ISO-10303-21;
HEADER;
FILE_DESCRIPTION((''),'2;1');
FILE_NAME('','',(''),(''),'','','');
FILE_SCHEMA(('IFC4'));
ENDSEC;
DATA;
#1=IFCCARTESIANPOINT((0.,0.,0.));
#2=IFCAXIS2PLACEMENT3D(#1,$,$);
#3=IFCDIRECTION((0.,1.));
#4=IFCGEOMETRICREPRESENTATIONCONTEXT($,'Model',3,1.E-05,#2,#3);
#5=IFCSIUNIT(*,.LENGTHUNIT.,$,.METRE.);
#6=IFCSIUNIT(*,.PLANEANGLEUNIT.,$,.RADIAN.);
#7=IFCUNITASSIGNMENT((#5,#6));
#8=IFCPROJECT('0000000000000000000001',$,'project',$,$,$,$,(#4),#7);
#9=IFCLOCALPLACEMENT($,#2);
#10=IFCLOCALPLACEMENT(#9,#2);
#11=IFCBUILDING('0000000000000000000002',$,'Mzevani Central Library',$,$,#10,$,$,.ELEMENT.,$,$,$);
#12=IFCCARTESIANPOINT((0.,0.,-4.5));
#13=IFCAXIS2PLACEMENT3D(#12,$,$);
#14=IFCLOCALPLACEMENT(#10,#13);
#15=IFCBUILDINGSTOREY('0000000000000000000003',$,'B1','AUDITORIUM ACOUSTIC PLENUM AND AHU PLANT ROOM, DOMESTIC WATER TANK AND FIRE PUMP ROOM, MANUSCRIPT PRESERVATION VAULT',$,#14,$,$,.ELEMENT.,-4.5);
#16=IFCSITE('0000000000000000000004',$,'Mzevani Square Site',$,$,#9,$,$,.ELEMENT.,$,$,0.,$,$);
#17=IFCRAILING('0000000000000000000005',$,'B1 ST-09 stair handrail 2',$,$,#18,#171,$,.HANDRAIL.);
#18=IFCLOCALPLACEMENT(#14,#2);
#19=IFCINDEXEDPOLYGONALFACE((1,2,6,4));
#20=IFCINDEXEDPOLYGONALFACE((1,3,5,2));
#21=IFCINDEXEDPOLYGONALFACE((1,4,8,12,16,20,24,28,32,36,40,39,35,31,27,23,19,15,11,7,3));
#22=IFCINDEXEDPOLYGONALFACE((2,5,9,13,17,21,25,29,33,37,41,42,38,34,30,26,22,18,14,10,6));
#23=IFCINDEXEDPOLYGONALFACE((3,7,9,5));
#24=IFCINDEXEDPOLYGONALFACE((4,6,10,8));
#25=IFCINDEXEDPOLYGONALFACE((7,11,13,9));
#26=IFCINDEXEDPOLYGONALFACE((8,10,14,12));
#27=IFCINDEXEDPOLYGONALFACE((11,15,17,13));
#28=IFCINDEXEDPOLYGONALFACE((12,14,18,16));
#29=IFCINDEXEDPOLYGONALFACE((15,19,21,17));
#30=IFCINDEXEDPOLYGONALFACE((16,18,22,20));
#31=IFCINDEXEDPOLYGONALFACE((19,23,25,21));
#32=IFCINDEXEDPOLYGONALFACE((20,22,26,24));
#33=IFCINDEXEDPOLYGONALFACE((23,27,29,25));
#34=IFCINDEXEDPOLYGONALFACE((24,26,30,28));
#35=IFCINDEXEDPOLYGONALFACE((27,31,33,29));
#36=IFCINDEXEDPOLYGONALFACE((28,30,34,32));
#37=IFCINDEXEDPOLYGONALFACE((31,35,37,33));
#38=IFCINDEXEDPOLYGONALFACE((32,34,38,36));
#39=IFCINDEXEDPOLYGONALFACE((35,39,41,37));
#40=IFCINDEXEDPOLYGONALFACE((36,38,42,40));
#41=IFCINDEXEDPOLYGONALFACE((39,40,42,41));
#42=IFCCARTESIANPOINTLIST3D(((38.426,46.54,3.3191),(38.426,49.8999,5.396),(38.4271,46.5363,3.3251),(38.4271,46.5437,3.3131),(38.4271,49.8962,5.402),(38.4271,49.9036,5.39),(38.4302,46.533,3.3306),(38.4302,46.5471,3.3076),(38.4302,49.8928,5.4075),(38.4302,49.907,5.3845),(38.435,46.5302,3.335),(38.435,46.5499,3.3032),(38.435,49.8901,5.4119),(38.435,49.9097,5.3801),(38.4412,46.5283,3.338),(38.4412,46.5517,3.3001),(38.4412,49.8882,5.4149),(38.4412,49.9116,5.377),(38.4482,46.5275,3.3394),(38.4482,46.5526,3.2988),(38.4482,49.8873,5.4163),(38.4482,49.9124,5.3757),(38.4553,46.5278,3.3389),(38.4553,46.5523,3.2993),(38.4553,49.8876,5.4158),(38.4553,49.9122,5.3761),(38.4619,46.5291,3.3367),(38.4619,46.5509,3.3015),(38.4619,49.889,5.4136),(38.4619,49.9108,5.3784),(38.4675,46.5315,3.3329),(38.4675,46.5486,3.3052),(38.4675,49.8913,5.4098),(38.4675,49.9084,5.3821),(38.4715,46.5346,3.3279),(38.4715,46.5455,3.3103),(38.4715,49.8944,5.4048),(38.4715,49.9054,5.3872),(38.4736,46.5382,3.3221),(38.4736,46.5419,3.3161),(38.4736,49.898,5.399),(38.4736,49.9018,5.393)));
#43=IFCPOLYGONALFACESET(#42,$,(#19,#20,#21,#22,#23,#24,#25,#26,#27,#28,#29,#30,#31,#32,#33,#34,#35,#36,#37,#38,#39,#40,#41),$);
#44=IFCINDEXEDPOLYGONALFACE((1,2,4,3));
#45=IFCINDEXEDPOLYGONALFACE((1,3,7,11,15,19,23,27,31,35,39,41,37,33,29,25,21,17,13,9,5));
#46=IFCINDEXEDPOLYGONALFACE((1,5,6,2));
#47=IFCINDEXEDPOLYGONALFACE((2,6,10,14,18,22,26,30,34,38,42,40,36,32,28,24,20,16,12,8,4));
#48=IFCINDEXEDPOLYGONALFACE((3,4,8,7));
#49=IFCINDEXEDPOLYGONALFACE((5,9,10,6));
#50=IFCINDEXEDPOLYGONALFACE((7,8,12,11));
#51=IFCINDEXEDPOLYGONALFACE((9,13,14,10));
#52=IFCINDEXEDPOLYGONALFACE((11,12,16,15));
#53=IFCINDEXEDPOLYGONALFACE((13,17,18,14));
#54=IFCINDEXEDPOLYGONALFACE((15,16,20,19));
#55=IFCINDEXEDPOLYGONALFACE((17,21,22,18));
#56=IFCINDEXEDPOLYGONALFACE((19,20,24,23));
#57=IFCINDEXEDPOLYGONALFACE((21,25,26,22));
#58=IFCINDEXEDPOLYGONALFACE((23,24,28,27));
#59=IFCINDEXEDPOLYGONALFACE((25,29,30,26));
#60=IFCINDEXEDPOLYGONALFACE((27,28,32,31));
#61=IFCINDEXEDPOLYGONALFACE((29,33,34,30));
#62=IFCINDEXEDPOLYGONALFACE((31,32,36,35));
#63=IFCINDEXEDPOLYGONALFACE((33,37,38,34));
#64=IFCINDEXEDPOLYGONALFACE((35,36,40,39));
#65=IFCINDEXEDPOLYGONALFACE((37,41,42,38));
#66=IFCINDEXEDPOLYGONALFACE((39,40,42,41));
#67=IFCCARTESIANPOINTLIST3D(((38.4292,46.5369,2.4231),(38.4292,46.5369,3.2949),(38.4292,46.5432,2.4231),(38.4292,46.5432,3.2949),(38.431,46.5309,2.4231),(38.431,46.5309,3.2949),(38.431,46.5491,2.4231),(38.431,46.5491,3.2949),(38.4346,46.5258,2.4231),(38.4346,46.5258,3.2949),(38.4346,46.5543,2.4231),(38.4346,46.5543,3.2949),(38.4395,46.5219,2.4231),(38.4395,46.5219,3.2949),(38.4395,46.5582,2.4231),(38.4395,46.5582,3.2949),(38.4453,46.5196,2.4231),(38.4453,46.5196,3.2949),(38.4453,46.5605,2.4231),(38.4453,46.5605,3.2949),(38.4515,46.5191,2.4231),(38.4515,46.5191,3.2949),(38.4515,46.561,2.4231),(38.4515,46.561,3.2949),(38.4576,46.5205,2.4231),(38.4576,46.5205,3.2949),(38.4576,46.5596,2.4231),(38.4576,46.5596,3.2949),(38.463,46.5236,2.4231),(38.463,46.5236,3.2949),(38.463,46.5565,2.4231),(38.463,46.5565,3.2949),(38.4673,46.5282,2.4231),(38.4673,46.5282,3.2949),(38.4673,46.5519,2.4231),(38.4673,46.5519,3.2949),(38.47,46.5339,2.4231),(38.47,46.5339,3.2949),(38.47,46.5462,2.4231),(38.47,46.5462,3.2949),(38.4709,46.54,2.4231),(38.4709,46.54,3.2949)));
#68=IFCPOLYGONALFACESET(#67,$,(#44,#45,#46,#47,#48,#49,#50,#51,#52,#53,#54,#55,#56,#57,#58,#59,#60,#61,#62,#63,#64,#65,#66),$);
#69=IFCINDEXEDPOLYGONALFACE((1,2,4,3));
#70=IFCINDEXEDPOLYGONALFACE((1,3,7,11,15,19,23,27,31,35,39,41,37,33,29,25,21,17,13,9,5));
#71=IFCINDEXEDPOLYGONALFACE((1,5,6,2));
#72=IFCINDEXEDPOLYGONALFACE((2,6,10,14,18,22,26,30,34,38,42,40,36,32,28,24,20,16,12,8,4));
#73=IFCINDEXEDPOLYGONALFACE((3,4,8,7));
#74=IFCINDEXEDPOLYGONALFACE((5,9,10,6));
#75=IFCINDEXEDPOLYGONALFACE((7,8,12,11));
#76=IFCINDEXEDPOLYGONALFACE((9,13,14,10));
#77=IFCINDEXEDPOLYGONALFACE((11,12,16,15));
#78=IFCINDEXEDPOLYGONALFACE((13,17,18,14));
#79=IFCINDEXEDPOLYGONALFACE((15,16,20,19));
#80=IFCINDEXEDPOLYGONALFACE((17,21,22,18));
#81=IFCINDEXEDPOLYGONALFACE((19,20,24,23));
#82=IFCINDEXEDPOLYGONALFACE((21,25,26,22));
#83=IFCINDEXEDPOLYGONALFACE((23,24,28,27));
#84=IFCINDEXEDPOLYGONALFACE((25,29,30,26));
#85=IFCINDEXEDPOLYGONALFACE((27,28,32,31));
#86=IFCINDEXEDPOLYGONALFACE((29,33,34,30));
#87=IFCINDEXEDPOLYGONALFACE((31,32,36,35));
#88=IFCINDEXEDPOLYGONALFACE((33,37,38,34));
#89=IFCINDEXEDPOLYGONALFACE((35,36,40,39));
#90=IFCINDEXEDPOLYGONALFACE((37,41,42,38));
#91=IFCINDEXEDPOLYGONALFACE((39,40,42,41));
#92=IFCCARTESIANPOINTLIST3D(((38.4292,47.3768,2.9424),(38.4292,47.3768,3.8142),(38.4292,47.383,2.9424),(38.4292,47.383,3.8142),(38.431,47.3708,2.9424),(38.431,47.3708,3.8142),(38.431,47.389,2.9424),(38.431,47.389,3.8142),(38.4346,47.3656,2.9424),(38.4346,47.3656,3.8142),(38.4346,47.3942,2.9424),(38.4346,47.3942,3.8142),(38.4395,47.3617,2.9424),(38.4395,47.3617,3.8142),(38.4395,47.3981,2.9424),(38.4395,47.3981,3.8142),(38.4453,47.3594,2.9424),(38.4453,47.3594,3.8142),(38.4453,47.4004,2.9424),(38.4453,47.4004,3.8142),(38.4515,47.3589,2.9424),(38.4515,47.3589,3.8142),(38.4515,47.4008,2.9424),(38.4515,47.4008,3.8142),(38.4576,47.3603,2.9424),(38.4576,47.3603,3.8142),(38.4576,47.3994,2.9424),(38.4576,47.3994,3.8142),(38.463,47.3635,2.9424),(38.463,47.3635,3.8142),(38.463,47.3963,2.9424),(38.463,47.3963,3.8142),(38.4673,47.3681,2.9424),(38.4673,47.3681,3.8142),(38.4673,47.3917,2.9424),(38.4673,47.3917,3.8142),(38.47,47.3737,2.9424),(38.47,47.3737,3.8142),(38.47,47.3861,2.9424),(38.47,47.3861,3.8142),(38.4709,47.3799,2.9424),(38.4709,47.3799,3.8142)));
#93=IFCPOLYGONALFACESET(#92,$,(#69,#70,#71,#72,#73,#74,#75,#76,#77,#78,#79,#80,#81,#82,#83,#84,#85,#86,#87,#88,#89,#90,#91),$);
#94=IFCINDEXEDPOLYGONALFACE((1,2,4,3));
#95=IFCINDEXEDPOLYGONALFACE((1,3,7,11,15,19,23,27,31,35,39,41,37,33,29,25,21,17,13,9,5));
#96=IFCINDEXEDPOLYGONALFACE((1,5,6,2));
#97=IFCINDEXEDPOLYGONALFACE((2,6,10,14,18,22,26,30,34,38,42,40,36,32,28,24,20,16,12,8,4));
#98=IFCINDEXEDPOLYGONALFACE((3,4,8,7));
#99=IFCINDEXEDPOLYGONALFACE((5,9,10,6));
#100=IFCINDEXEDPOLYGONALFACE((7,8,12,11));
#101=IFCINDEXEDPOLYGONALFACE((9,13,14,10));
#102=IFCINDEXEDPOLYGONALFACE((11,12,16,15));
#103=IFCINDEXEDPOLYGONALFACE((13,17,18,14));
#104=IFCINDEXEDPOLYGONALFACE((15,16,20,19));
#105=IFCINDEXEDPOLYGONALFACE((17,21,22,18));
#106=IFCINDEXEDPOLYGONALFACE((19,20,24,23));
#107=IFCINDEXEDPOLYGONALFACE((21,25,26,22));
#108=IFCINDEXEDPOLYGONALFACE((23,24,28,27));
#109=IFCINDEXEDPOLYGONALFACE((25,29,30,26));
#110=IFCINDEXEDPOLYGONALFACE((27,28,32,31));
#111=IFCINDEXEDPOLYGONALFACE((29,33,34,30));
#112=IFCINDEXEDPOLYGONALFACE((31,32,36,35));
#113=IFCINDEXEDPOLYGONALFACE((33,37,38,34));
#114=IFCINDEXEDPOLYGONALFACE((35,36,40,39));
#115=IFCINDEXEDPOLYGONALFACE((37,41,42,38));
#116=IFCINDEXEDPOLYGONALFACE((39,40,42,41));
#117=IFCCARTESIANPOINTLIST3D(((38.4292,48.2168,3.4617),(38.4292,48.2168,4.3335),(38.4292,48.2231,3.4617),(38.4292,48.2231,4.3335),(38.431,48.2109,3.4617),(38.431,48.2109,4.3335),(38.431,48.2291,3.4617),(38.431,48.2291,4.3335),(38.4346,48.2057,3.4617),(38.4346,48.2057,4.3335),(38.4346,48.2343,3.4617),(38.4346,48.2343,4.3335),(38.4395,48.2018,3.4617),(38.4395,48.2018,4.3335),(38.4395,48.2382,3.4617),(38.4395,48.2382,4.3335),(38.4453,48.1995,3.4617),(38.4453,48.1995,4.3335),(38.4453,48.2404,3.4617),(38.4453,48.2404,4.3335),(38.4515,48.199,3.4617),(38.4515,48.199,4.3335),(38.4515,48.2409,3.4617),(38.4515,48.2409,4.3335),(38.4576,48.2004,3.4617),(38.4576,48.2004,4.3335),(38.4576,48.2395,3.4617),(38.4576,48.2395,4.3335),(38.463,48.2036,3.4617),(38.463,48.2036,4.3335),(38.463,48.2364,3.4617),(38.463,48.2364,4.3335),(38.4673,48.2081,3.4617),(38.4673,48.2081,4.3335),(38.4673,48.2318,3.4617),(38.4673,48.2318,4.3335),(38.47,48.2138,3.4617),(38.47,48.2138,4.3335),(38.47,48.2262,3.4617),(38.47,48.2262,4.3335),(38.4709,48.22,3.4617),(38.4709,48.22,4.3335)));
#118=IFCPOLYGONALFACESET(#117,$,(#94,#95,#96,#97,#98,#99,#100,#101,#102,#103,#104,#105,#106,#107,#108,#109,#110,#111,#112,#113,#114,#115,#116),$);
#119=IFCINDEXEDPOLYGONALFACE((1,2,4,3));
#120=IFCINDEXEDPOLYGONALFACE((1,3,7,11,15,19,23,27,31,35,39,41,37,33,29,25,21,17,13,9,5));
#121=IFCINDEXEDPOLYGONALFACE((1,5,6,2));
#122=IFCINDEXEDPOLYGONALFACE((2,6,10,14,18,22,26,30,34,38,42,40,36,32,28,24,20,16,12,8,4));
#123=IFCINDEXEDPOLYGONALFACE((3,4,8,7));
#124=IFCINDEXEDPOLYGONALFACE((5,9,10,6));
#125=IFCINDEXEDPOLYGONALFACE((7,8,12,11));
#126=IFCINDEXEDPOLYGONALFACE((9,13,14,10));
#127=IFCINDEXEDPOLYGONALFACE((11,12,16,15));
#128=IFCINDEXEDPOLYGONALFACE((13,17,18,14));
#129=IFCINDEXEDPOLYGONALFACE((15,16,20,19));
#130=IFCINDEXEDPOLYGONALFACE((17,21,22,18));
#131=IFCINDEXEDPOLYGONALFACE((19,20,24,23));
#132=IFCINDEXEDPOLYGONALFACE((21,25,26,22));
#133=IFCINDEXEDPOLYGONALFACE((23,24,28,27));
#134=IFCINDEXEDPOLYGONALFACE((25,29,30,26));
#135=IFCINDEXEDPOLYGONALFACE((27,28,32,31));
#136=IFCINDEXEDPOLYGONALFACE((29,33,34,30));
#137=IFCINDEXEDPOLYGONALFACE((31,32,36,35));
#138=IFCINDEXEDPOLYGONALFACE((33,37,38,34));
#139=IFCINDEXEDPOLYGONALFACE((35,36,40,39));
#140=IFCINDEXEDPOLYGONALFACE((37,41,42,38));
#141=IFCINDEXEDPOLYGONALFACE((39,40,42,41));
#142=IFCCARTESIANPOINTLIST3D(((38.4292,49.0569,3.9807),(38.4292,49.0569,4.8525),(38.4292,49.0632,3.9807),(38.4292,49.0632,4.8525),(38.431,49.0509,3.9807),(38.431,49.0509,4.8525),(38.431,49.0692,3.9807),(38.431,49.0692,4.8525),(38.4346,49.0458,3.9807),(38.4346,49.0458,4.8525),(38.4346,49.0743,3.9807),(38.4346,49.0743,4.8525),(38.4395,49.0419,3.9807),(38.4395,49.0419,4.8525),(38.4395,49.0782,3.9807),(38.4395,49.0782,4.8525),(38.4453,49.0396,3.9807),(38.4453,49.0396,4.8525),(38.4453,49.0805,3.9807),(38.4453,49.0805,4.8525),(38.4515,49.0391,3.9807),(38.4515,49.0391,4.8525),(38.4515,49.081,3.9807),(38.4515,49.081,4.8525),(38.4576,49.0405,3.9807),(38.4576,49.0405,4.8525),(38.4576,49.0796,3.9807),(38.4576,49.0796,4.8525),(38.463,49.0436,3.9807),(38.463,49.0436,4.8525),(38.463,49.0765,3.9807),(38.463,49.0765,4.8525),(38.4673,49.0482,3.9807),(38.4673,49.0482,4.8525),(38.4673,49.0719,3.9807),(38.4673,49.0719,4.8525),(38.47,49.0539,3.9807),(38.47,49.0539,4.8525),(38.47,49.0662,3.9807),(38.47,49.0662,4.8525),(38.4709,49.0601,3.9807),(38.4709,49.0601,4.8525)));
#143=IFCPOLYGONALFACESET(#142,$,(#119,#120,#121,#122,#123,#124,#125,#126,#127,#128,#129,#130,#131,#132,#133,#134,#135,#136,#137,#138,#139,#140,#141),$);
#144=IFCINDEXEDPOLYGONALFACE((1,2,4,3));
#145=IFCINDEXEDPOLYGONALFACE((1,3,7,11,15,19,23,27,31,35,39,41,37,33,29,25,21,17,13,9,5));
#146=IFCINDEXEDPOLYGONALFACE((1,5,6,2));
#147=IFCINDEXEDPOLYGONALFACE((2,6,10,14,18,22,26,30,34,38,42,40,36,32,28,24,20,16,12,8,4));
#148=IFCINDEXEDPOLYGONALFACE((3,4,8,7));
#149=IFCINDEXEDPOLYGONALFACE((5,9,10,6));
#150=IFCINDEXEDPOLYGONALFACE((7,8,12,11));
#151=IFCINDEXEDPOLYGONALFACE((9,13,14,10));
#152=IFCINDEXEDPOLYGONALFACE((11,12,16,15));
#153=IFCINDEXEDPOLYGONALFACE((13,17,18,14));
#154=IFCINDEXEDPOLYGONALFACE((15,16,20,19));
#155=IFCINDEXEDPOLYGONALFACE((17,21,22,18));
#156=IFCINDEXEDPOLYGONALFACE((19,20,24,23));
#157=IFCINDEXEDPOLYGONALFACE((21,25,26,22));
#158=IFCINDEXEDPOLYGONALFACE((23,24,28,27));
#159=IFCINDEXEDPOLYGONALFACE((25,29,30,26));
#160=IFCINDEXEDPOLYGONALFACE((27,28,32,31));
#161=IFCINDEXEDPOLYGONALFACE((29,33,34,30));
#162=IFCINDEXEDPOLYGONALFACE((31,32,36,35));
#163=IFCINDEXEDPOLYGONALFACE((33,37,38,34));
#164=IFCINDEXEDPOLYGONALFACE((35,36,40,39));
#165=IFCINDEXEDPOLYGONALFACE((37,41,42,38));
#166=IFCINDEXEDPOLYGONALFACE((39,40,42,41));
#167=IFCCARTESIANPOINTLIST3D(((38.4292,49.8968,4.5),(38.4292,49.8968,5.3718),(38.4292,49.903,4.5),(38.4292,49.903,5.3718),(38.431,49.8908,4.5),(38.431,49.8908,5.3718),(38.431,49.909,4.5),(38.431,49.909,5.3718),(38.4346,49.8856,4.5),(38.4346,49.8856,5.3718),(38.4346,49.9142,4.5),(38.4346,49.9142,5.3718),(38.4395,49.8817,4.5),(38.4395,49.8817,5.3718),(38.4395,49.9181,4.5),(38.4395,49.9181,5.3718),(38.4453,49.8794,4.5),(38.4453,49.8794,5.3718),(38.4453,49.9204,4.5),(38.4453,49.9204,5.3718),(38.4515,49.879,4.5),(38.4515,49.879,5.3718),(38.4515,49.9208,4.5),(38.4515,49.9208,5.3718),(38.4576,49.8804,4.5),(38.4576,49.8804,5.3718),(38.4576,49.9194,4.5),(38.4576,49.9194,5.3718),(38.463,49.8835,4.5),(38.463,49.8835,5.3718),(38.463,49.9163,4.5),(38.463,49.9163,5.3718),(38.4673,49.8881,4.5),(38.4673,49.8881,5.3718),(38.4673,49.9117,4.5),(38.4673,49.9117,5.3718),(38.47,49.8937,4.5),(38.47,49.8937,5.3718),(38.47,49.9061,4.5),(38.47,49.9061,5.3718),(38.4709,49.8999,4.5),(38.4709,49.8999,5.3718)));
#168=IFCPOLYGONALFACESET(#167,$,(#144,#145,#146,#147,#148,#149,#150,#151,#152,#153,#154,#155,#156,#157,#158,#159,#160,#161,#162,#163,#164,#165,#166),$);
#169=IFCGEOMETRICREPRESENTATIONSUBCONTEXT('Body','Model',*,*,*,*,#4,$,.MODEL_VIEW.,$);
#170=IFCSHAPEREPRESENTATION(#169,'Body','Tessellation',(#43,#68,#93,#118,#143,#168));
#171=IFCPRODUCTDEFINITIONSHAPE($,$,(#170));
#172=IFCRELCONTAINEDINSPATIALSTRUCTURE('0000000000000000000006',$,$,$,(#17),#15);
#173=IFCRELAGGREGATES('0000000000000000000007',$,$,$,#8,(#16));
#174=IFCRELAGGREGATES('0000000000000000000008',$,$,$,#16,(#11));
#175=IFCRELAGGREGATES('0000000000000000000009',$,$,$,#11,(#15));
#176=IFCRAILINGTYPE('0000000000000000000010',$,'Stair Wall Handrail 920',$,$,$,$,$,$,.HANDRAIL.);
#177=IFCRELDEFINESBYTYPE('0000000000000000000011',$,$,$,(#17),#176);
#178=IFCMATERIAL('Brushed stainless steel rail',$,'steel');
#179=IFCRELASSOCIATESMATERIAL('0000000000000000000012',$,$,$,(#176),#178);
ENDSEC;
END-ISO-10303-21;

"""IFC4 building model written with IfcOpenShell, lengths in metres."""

from ifc_helpers import new_model, si_unit, direction, frame, origin, origin_2d, place, context, subcontext, project, spatial, circle, extrude, material, type_object, element, save


model = new_model("IFC4")

# Units and contexts
model_context = context("Model", 3, precision=1e-05, world=origin(), true_north=direction((0.0, 1.0)))
body_context = subcontext(model_context, "Body", "Model", "MODEL_VIEW")
ifc_project = project(units=[si_unit("LENGTHUNIT", "METRE"), si_unit("PLANEANGLEUNIT", "RADIAN")], contexts=[model_context])

# Site, building, storey
site_placement = place(None, origin())
site = spatial("IfcSite", under=ifc_project, at=site_placement, Name="Mzevani Square Site", CompositionType="ELEMENT", RefElevation=0.0)
building_placement = place(site_placement, origin())
building = spatial("IfcBuilding", under=site, at=building_placement, Name="Mzevani Central Library", CompositionType="ELEMENT")
storey_placement = place(building_placement, frame((0.0, 0.0, -4.5)))
storey = spatial("IfcBuildingStorey", under=building, at=storey_placement, Name="B1", Description="AUDITORIUM ACOUSTIC PLENUM AND AHU PLANT ROOM, DOMESTIC WATER TANK AND FIRE PUMP ROOM, MANUSCRIPT PRESERVATION VAULT", CompositionType="ELEMENT", Elevation=-4.5)

# Shared definitions
ifc_material_1 = material(Name="Brushed stainless steel rail", Category="steel")

# Railing
railing_type_1 = type_object("IfcRailingType", Name="Stair Wall Handrail 920", PredefinedType="HANDRAIL", material=ifc_material_1)
railing_1_placement = place(storey_placement, frame((38.45, 46.54, 2.4231)))
element("IfcRailing", 1, at=railing_1_placement, inside=storey, type_object=railing_type_1, Name="B1 ST-09 stair handrail 2", PredefinedType="HANDRAIL", context=body_context, shape_type="SweptSolid", body=[
    extrude(circle(Radius=0.0239, at=origin_2d()), frame((0.0, 0.0, 0.896), z_axis=(0.0, 0.850606, 0.525803), x_axis=(-1.0, 0.0, 0.0)), (0.0, 0.0, 1.0), 3.95),
    extrude(circle(Radius=0.021, at=origin_2d()), origin(), (0.0, 0.0, 1.0), 0.8718),
    extrude(circle(Radius=0.021, at=origin_2d()), frame((0.0, 0.8398, 0.5193)), (0.0, 0.0, 1.0), 0.8718),
    extrude(circle(Radius=0.021, at=origin_2d()), frame((0.0, 1.6799, 1.0386)), (0.0, 0.0, 1.0), 0.8718),
    extrude(circle(Radius=0.021, at=origin_2d()), frame((0.0, 2.52, 1.5576)), (0.0, 0.0, 1.0), 0.8718),
    extrude(circle(Radius=0.021, at=origin_2d()), frame((0.0, 3.3599, 2.0769)), (0.0, 0.0, 1.0), 0.8718),
])

save(model, "model.ifc")
